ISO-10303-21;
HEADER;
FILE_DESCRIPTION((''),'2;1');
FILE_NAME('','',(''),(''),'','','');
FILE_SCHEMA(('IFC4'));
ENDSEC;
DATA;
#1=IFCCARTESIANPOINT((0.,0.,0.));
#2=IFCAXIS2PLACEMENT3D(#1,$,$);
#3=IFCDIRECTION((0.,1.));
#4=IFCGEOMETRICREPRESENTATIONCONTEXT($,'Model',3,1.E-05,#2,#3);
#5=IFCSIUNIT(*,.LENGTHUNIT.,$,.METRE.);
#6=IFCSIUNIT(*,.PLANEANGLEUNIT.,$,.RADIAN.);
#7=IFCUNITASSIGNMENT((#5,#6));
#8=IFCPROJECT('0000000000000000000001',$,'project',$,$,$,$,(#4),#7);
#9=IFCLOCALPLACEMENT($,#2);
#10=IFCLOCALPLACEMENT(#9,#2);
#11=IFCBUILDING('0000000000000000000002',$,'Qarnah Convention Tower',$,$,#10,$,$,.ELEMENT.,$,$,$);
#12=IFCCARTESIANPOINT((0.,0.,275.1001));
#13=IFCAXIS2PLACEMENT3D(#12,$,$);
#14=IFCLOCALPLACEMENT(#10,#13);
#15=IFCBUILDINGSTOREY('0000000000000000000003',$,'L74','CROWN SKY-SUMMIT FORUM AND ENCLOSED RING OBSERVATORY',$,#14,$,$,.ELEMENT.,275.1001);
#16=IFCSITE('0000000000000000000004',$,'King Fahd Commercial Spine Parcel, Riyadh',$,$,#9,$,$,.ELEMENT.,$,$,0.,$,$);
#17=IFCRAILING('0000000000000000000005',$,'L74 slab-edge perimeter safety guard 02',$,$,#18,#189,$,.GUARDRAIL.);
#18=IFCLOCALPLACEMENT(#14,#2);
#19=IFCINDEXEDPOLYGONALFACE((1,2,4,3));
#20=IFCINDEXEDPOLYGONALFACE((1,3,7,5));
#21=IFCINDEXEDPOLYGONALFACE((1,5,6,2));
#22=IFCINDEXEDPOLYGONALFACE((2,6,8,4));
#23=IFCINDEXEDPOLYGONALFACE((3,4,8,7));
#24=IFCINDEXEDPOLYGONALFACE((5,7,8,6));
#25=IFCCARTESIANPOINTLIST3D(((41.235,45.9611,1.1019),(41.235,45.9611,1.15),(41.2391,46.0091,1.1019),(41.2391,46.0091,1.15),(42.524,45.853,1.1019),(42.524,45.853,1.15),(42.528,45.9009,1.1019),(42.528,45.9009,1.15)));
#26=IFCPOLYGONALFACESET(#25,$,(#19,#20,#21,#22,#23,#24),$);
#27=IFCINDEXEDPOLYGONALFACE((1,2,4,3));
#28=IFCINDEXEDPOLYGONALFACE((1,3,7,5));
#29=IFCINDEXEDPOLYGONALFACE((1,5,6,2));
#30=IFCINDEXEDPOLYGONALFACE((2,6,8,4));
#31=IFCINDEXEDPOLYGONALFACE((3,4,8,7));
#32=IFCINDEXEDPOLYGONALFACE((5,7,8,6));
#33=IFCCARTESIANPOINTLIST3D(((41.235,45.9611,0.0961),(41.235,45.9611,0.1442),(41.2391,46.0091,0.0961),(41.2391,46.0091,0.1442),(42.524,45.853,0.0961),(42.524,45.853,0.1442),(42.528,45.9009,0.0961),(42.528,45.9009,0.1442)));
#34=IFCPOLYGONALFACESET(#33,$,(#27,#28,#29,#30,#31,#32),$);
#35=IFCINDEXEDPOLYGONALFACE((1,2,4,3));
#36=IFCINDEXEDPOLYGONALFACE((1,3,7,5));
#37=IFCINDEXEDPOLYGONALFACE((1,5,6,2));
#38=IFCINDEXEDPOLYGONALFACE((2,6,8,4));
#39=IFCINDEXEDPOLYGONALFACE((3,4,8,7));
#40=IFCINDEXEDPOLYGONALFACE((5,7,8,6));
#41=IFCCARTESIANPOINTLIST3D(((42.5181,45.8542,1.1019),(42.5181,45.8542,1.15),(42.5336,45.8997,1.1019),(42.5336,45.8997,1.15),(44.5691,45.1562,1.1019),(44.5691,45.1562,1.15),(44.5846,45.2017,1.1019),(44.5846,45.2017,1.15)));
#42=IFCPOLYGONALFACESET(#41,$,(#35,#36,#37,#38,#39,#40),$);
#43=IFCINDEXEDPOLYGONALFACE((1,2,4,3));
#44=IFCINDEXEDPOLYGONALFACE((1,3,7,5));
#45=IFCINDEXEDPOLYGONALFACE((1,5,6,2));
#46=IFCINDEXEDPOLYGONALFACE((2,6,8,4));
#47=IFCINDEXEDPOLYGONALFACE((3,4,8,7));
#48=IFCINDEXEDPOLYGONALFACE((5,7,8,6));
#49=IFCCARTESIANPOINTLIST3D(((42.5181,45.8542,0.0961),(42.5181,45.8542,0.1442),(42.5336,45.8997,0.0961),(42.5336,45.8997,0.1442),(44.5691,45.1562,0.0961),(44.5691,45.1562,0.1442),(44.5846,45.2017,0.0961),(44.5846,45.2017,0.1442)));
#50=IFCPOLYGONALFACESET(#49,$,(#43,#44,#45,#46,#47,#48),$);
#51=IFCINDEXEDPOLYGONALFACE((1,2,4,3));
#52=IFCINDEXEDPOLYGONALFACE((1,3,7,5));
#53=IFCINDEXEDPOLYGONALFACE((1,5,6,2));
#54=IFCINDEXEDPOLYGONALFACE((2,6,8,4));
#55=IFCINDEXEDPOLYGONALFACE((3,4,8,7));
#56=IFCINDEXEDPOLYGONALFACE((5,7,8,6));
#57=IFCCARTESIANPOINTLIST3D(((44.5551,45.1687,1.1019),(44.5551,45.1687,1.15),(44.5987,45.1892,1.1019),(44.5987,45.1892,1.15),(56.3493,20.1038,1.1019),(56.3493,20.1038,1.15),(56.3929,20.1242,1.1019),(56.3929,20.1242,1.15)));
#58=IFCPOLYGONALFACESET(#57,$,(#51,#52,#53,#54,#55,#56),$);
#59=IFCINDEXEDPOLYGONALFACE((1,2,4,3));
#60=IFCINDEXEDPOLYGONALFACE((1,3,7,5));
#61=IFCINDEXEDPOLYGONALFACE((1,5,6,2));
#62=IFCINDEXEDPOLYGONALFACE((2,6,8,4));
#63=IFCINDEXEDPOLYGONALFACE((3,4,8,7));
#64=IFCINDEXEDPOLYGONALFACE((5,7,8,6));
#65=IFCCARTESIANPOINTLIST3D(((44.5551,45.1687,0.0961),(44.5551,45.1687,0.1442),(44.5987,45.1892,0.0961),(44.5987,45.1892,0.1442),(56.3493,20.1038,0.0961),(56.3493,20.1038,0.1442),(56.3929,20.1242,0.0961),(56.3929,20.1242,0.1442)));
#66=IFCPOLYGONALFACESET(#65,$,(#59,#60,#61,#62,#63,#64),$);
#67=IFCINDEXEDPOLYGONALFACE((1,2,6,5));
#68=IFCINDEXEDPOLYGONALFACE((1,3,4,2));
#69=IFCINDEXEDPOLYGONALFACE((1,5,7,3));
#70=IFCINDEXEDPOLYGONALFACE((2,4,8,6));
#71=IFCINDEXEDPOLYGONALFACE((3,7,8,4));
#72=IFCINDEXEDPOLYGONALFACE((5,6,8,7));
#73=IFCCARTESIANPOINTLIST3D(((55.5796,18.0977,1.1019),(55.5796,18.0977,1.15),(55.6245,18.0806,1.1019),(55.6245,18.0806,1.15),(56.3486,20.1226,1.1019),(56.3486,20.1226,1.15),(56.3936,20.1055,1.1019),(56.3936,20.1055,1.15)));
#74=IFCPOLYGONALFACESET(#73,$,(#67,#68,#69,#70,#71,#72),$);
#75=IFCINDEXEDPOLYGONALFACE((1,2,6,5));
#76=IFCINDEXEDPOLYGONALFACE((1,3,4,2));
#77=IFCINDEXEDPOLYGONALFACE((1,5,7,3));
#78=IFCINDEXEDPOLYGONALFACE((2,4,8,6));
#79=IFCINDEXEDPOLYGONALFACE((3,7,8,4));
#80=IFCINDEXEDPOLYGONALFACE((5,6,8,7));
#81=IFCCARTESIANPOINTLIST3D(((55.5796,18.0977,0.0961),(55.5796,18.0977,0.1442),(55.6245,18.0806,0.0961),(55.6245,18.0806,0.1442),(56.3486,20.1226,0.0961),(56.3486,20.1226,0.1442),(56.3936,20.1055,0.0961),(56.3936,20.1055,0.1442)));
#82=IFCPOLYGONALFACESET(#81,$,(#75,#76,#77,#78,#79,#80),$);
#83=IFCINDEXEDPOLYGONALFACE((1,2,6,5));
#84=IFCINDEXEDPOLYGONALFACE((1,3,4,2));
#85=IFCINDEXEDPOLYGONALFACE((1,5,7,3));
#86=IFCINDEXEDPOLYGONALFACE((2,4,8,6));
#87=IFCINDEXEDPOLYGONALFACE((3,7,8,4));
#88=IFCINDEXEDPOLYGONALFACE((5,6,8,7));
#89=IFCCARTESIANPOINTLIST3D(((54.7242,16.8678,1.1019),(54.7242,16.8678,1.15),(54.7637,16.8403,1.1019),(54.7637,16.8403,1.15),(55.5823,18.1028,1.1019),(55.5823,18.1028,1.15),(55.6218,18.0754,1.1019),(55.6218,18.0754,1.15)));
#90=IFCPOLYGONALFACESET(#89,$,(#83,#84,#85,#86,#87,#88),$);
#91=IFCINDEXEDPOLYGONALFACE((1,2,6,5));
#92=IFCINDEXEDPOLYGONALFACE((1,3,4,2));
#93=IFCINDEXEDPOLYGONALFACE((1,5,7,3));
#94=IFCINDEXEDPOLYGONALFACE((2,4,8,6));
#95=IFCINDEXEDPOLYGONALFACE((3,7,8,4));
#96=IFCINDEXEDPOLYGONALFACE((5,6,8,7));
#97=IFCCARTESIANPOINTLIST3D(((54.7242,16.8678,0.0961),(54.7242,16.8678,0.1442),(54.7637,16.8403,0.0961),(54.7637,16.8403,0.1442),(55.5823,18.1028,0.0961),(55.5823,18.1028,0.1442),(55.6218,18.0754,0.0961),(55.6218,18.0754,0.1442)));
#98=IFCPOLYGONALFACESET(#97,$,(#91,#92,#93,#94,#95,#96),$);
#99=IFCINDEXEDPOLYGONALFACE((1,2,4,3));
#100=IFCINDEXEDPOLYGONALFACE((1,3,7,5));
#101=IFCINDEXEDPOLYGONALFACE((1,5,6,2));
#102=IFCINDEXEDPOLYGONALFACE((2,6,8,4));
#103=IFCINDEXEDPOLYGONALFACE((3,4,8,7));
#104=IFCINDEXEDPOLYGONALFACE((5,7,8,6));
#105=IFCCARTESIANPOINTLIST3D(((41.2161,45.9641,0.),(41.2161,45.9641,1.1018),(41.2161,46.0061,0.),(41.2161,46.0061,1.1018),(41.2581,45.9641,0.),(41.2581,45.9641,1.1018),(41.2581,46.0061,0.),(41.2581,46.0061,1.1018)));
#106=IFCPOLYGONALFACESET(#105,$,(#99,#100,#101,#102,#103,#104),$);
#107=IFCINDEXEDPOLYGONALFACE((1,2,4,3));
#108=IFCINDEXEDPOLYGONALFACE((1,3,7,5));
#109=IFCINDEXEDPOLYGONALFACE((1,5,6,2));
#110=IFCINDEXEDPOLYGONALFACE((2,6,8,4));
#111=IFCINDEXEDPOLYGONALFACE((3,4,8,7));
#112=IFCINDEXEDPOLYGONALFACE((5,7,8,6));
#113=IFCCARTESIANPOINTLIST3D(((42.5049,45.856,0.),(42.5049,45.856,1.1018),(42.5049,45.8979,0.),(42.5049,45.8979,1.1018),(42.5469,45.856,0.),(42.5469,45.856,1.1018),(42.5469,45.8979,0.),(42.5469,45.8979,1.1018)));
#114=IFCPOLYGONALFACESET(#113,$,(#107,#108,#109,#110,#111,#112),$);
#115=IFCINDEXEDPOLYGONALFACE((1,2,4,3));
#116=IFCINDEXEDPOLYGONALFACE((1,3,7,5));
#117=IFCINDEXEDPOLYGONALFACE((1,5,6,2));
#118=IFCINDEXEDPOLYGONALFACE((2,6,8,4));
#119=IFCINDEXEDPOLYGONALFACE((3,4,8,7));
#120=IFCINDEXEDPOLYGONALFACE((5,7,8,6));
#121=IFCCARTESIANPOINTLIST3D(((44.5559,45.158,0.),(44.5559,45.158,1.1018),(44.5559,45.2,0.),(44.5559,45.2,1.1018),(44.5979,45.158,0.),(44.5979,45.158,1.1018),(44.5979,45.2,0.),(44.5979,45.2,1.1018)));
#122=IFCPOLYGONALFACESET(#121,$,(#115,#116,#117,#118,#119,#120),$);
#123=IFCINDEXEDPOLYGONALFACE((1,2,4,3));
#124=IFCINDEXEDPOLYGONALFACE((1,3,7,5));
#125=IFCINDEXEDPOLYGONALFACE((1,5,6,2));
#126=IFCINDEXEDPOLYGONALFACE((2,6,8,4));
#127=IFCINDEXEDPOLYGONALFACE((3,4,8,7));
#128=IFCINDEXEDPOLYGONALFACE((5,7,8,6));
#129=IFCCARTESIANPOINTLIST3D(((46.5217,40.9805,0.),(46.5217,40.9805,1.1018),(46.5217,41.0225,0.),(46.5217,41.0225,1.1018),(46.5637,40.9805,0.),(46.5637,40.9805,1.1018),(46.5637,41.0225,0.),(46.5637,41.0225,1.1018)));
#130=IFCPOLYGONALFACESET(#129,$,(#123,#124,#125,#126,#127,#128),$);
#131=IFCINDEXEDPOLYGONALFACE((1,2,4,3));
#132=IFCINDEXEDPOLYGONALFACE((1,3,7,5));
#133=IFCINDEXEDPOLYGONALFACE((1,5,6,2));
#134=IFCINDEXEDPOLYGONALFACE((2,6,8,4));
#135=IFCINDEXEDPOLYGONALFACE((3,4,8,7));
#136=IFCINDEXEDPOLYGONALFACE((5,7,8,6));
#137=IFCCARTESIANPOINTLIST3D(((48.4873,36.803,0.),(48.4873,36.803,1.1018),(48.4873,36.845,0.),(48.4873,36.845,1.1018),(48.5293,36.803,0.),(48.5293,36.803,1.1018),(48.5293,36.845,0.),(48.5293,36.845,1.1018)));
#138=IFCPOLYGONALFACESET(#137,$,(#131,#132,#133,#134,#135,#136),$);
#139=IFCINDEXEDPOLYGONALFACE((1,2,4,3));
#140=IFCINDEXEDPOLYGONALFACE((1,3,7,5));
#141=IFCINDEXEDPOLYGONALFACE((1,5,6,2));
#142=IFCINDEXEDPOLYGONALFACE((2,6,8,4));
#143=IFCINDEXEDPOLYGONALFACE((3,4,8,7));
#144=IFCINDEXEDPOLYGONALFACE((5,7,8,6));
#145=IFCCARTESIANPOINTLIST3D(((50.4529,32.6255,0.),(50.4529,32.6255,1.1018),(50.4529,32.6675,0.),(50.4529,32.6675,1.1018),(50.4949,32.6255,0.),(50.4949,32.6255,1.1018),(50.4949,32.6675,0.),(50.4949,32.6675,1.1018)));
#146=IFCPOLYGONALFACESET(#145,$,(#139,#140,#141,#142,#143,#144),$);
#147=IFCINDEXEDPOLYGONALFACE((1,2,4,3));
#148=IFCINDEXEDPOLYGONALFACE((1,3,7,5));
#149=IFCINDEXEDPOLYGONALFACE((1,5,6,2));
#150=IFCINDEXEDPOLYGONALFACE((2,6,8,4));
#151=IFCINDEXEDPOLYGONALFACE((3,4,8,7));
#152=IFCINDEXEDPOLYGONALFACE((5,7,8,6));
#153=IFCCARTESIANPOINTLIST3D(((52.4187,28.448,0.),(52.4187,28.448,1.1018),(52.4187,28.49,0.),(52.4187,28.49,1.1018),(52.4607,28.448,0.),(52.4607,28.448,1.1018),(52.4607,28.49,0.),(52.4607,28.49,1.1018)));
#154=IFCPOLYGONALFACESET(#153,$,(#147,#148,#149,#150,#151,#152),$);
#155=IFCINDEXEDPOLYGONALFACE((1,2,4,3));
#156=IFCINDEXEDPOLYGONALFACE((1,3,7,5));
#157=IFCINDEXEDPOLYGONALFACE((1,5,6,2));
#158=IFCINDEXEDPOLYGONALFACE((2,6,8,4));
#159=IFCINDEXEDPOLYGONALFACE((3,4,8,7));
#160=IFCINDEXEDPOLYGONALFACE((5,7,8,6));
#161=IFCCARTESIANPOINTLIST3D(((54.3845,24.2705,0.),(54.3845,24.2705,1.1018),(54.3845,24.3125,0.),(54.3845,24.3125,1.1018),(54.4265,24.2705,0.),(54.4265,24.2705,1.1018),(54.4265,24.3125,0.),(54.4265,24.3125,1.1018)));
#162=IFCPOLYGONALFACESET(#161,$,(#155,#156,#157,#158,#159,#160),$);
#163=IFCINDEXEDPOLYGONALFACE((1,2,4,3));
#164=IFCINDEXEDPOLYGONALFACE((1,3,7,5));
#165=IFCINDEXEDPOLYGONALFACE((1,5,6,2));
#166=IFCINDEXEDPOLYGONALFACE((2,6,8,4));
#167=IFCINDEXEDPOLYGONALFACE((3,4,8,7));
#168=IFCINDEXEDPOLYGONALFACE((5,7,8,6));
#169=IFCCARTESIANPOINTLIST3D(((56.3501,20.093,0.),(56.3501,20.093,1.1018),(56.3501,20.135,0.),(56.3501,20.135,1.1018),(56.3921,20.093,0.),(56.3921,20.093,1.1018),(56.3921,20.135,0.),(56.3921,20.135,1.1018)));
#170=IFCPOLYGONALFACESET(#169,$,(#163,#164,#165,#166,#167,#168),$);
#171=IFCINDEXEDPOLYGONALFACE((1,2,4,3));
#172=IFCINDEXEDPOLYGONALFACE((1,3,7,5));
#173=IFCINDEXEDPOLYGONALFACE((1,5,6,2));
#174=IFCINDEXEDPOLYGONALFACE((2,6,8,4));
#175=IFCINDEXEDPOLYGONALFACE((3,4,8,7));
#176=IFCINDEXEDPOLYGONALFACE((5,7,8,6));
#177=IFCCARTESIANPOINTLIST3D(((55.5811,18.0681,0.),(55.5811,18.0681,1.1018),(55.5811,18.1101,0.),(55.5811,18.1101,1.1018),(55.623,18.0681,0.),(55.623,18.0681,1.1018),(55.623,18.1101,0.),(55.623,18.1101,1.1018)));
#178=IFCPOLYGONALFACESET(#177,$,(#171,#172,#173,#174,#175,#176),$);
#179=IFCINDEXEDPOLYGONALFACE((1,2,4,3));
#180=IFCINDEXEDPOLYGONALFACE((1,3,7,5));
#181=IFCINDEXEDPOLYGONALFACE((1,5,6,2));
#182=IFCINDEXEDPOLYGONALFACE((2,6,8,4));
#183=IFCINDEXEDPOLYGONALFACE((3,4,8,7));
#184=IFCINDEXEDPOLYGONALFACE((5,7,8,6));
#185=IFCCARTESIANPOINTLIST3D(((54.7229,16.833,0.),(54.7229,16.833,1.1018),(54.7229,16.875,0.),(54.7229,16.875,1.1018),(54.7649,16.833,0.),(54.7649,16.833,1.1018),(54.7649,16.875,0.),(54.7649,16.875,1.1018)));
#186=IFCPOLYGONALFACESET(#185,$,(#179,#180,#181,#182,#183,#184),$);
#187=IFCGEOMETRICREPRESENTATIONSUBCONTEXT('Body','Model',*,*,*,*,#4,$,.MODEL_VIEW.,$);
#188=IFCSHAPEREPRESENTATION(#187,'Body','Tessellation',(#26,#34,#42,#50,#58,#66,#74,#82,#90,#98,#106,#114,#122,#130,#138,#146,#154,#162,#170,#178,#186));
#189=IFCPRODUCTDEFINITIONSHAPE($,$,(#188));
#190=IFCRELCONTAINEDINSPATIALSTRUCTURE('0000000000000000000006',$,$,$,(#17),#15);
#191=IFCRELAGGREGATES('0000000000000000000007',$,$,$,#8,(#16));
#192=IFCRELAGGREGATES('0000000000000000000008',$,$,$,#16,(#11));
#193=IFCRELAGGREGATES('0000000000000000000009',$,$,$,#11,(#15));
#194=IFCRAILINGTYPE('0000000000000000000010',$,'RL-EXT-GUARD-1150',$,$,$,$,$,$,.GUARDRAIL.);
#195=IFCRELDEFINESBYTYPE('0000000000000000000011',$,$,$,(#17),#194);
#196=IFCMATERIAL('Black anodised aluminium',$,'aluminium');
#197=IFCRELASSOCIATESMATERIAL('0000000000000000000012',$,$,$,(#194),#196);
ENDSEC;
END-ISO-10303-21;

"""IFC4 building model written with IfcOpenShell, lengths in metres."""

from ifc_helpers import new_model, si_unit, direction, frame, origin, origin_2d, place, context, subcontext, project, spatial, rectangle, extrude, material, type_object, element, save


model = new_model("IFC4")

# Units and contexts
model_context = context("Model", 3, precision=1e-05, world=origin(), true_north=direction((0.0, 1.0)))
body_context = subcontext(model_context, "Body", "Model", "MODEL_VIEW")
ifc_project = project(units=[si_unit("LENGTHUNIT", "METRE"), si_unit("PLANEANGLEUNIT", "RADIAN")], contexts=[model_context])

# Site, building, storey
site_placement = place(None, origin())
site = spatial("IfcSite", under=ifc_project, at=site_placement, Name="King Fahd Commercial Spine Parcel, Riyadh", CompositionType="ELEMENT", RefElevation=0.0)
building_placement = place(site_placement, origin())
building = spatial("IfcBuilding", under=site, at=building_placement, Name="Qarnah Convention Tower", CompositionType="ELEMENT")
storey_placement = place(building_placement, frame((0.0, 0.0, 275.1001)))
storey = spatial("IfcBuildingStorey", under=building, at=storey_placement, Name="L74", Description="CROWN SKY-SUMMIT FORUM AND ENCLOSED RING OBSERVATORY", CompositionType="ELEMENT", Elevation=275.1001)

# Shared definitions
ifc_material_1 = material(Name="Black anodised aluminium", Category="aluminium")

# Railing
railing_type = type_object("IfcRailingType", Name="RL-EXT-GUARD-1150", PredefinedType="GUARDRAIL", material=ifc_material_1)
railing_placement = place(storey_placement, frame((41.2371, 45.9851, 0.0)))
element("IfcRailing", 1, at=railing_placement, inside=storey, type_object=railing_type, Name="L74 slab-edge perimeter safety guard 02", PredefinedType="GUARDRAIL", context=body_context, shape_type="SweptSolid", body=[
    extrude(rectangle(XDim=0.0481, YDim=0.0481, at=origin_2d()), frame((0.0, 0.0, 1.126), z_axis=(0.996497, -0.083623, 0.0), x_axis=(0.083623, 0.996497, 0.0)), (0.0, 0.0, 1.0), 1.2935),
    extrude(rectangle(XDim=0.0481, YDim=0.0481, at=origin_2d()), frame((0.0, 0.0, 0.1201), z_axis=(0.996497, -0.083623, 0.0), x_axis=(0.083623, 0.996497, 0.0)), (0.0, 0.0, 1.0), 1.2935),
    extrude(rectangle(XDim=0.0481, YDim=0.0481, at=origin_2d()), frame((1.2888, -0.1082, 1.126), z_axis=(0.946681, -0.322171, 0.0), x_axis=(0.322171, 0.946681, 0.0)), (0.0, 0.0, 1.0), 2.1665),
    extrude(rectangle(XDim=0.0481, YDim=0.0481, at=origin_2d()), frame((1.2888, -0.1082, 0.1201), z_axis=(0.946681, -0.322171, 0.0), x_axis=(0.322171, 0.946681, 0.0)), (0.0, 0.0, 1.0), 2.1665),
    extrude(rectangle(XDim=0.0481, YDim=0.0481, at=origin_2d()), frame((3.3398, -0.8062, 1.126), z_axis=(0.425765, -0.904834, 0.0), x_axis=(0.904834, 0.425765, 0.0)), (0.0, 0.0, 1.0), 27.7012),
    extrude(rectangle(XDim=0.0481, YDim=0.0481, at=origin_2d()), frame((3.3398, -0.8062, 0.1201), z_axis=(0.425765, -0.904834, 0.0), x_axis=(0.904834, 0.425765, 0.0)), (0.0, 0.0, 1.0), 27.7012),
    extrude(rectangle(XDim=0.0481, YDim=0.0481, at=origin_2d()), frame((15.134, -25.8711, 1.126), z_axis=(-0.355048, -0.934848, 0.0), x_axis=(0.934848, -0.355048, 0.0)), (0.0, 0.0, 1.0), 2.166),
    extrude(rectangle(XDim=0.0481, YDim=0.0481, at=origin_2d()), frame((15.134, -25.8711, 0.1201), z_axis=(-0.355048, -0.934848, 0.0), x_axis=(0.934848, -0.355048, 0.0)), (0.0, 0.0, 1.0), 2.166),
    extrude(rectangle(XDim=0.0481, YDim=0.0481, at=origin_2d()), frame((14.365, -27.896, 1.126), z_axis=(-0.570594, -0.821233, 0.0), x_axis=(0.821233, -0.570594, 0.0)), (0.0, 0.0, 1.0), 1.5039),
    extrude(rectangle(XDim=0.0481, YDim=0.0481, at=origin_2d()), frame((14.365, -27.896, 0.1201), z_axis=(-0.570594, -0.821233, 0.0), x_axis=(0.821233, -0.570594, 0.0)), (0.0, 0.0, 1.0), 1.5039),
    extrude(rectangle(XDim=0.042, YDim=0.042, at=origin_2d()), origin(), (0.0, 0.0, 1.0), 1.1018),
    extrude(rectangle(XDim=0.042, YDim=0.042, at=origin_2d()), frame((1.2888, -0.1082, 0.0)), (0.0, 0.0, 1.0), 1.1018),
    extrude(rectangle(XDim=0.042, YDim=0.042, at=origin_2d()), frame((3.3398, -0.8062, 0.0)), (0.0, 0.0, 1.0), 1.1018),
    extrude(rectangle(XDim=0.042, YDim=0.042, at=origin_2d()), frame((5.3057, -4.9836, 0.0)), (0.0, 0.0, 1.0), 1.1018),
    extrude(rectangle(XDim=0.042, YDim=0.042, at=origin_2d()), frame((7.2712, -9.1611, 0.0)), (0.0, 0.0, 1.0), 1.1018),
    extrude(rectangle(XDim=0.042, YDim=0.042, at=origin_2d()), frame((9.2368, -13.3386, 0.0)), (0.0, 0.0, 1.0), 1.1018),
    extrude(rectangle(XDim=0.042, YDim=0.042, at=origin_2d()), frame((11.2026, -17.5161, 0.0)), (0.0, 0.0, 1.0), 1.1018),
    extrude(rectangle(XDim=0.042, YDim=0.042, at=origin_2d()), frame((13.1685, -21.6936, 0.0)), (0.0, 0.0, 1.0), 1.1018),
    extrude(rectangle(XDim=0.042, YDim=0.042, at=origin_2d()), frame((15.134, -25.8711, 0.0)), (0.0, 0.0, 1.0), 1.1018),
    extrude(rectangle(XDim=0.042, YDim=0.042, at=origin_2d()), frame((14.365, -27.896, 0.0)), (0.0, 0.0, 1.0), 1.1018),
    extrude(rectangle(XDim=0.042, YDim=0.042, at=origin_2d()), frame((13.5068, -29.1311, 0.0)), (0.0, 0.0, 1.0), 1.1018),
])

save(model, "model.ifc")
